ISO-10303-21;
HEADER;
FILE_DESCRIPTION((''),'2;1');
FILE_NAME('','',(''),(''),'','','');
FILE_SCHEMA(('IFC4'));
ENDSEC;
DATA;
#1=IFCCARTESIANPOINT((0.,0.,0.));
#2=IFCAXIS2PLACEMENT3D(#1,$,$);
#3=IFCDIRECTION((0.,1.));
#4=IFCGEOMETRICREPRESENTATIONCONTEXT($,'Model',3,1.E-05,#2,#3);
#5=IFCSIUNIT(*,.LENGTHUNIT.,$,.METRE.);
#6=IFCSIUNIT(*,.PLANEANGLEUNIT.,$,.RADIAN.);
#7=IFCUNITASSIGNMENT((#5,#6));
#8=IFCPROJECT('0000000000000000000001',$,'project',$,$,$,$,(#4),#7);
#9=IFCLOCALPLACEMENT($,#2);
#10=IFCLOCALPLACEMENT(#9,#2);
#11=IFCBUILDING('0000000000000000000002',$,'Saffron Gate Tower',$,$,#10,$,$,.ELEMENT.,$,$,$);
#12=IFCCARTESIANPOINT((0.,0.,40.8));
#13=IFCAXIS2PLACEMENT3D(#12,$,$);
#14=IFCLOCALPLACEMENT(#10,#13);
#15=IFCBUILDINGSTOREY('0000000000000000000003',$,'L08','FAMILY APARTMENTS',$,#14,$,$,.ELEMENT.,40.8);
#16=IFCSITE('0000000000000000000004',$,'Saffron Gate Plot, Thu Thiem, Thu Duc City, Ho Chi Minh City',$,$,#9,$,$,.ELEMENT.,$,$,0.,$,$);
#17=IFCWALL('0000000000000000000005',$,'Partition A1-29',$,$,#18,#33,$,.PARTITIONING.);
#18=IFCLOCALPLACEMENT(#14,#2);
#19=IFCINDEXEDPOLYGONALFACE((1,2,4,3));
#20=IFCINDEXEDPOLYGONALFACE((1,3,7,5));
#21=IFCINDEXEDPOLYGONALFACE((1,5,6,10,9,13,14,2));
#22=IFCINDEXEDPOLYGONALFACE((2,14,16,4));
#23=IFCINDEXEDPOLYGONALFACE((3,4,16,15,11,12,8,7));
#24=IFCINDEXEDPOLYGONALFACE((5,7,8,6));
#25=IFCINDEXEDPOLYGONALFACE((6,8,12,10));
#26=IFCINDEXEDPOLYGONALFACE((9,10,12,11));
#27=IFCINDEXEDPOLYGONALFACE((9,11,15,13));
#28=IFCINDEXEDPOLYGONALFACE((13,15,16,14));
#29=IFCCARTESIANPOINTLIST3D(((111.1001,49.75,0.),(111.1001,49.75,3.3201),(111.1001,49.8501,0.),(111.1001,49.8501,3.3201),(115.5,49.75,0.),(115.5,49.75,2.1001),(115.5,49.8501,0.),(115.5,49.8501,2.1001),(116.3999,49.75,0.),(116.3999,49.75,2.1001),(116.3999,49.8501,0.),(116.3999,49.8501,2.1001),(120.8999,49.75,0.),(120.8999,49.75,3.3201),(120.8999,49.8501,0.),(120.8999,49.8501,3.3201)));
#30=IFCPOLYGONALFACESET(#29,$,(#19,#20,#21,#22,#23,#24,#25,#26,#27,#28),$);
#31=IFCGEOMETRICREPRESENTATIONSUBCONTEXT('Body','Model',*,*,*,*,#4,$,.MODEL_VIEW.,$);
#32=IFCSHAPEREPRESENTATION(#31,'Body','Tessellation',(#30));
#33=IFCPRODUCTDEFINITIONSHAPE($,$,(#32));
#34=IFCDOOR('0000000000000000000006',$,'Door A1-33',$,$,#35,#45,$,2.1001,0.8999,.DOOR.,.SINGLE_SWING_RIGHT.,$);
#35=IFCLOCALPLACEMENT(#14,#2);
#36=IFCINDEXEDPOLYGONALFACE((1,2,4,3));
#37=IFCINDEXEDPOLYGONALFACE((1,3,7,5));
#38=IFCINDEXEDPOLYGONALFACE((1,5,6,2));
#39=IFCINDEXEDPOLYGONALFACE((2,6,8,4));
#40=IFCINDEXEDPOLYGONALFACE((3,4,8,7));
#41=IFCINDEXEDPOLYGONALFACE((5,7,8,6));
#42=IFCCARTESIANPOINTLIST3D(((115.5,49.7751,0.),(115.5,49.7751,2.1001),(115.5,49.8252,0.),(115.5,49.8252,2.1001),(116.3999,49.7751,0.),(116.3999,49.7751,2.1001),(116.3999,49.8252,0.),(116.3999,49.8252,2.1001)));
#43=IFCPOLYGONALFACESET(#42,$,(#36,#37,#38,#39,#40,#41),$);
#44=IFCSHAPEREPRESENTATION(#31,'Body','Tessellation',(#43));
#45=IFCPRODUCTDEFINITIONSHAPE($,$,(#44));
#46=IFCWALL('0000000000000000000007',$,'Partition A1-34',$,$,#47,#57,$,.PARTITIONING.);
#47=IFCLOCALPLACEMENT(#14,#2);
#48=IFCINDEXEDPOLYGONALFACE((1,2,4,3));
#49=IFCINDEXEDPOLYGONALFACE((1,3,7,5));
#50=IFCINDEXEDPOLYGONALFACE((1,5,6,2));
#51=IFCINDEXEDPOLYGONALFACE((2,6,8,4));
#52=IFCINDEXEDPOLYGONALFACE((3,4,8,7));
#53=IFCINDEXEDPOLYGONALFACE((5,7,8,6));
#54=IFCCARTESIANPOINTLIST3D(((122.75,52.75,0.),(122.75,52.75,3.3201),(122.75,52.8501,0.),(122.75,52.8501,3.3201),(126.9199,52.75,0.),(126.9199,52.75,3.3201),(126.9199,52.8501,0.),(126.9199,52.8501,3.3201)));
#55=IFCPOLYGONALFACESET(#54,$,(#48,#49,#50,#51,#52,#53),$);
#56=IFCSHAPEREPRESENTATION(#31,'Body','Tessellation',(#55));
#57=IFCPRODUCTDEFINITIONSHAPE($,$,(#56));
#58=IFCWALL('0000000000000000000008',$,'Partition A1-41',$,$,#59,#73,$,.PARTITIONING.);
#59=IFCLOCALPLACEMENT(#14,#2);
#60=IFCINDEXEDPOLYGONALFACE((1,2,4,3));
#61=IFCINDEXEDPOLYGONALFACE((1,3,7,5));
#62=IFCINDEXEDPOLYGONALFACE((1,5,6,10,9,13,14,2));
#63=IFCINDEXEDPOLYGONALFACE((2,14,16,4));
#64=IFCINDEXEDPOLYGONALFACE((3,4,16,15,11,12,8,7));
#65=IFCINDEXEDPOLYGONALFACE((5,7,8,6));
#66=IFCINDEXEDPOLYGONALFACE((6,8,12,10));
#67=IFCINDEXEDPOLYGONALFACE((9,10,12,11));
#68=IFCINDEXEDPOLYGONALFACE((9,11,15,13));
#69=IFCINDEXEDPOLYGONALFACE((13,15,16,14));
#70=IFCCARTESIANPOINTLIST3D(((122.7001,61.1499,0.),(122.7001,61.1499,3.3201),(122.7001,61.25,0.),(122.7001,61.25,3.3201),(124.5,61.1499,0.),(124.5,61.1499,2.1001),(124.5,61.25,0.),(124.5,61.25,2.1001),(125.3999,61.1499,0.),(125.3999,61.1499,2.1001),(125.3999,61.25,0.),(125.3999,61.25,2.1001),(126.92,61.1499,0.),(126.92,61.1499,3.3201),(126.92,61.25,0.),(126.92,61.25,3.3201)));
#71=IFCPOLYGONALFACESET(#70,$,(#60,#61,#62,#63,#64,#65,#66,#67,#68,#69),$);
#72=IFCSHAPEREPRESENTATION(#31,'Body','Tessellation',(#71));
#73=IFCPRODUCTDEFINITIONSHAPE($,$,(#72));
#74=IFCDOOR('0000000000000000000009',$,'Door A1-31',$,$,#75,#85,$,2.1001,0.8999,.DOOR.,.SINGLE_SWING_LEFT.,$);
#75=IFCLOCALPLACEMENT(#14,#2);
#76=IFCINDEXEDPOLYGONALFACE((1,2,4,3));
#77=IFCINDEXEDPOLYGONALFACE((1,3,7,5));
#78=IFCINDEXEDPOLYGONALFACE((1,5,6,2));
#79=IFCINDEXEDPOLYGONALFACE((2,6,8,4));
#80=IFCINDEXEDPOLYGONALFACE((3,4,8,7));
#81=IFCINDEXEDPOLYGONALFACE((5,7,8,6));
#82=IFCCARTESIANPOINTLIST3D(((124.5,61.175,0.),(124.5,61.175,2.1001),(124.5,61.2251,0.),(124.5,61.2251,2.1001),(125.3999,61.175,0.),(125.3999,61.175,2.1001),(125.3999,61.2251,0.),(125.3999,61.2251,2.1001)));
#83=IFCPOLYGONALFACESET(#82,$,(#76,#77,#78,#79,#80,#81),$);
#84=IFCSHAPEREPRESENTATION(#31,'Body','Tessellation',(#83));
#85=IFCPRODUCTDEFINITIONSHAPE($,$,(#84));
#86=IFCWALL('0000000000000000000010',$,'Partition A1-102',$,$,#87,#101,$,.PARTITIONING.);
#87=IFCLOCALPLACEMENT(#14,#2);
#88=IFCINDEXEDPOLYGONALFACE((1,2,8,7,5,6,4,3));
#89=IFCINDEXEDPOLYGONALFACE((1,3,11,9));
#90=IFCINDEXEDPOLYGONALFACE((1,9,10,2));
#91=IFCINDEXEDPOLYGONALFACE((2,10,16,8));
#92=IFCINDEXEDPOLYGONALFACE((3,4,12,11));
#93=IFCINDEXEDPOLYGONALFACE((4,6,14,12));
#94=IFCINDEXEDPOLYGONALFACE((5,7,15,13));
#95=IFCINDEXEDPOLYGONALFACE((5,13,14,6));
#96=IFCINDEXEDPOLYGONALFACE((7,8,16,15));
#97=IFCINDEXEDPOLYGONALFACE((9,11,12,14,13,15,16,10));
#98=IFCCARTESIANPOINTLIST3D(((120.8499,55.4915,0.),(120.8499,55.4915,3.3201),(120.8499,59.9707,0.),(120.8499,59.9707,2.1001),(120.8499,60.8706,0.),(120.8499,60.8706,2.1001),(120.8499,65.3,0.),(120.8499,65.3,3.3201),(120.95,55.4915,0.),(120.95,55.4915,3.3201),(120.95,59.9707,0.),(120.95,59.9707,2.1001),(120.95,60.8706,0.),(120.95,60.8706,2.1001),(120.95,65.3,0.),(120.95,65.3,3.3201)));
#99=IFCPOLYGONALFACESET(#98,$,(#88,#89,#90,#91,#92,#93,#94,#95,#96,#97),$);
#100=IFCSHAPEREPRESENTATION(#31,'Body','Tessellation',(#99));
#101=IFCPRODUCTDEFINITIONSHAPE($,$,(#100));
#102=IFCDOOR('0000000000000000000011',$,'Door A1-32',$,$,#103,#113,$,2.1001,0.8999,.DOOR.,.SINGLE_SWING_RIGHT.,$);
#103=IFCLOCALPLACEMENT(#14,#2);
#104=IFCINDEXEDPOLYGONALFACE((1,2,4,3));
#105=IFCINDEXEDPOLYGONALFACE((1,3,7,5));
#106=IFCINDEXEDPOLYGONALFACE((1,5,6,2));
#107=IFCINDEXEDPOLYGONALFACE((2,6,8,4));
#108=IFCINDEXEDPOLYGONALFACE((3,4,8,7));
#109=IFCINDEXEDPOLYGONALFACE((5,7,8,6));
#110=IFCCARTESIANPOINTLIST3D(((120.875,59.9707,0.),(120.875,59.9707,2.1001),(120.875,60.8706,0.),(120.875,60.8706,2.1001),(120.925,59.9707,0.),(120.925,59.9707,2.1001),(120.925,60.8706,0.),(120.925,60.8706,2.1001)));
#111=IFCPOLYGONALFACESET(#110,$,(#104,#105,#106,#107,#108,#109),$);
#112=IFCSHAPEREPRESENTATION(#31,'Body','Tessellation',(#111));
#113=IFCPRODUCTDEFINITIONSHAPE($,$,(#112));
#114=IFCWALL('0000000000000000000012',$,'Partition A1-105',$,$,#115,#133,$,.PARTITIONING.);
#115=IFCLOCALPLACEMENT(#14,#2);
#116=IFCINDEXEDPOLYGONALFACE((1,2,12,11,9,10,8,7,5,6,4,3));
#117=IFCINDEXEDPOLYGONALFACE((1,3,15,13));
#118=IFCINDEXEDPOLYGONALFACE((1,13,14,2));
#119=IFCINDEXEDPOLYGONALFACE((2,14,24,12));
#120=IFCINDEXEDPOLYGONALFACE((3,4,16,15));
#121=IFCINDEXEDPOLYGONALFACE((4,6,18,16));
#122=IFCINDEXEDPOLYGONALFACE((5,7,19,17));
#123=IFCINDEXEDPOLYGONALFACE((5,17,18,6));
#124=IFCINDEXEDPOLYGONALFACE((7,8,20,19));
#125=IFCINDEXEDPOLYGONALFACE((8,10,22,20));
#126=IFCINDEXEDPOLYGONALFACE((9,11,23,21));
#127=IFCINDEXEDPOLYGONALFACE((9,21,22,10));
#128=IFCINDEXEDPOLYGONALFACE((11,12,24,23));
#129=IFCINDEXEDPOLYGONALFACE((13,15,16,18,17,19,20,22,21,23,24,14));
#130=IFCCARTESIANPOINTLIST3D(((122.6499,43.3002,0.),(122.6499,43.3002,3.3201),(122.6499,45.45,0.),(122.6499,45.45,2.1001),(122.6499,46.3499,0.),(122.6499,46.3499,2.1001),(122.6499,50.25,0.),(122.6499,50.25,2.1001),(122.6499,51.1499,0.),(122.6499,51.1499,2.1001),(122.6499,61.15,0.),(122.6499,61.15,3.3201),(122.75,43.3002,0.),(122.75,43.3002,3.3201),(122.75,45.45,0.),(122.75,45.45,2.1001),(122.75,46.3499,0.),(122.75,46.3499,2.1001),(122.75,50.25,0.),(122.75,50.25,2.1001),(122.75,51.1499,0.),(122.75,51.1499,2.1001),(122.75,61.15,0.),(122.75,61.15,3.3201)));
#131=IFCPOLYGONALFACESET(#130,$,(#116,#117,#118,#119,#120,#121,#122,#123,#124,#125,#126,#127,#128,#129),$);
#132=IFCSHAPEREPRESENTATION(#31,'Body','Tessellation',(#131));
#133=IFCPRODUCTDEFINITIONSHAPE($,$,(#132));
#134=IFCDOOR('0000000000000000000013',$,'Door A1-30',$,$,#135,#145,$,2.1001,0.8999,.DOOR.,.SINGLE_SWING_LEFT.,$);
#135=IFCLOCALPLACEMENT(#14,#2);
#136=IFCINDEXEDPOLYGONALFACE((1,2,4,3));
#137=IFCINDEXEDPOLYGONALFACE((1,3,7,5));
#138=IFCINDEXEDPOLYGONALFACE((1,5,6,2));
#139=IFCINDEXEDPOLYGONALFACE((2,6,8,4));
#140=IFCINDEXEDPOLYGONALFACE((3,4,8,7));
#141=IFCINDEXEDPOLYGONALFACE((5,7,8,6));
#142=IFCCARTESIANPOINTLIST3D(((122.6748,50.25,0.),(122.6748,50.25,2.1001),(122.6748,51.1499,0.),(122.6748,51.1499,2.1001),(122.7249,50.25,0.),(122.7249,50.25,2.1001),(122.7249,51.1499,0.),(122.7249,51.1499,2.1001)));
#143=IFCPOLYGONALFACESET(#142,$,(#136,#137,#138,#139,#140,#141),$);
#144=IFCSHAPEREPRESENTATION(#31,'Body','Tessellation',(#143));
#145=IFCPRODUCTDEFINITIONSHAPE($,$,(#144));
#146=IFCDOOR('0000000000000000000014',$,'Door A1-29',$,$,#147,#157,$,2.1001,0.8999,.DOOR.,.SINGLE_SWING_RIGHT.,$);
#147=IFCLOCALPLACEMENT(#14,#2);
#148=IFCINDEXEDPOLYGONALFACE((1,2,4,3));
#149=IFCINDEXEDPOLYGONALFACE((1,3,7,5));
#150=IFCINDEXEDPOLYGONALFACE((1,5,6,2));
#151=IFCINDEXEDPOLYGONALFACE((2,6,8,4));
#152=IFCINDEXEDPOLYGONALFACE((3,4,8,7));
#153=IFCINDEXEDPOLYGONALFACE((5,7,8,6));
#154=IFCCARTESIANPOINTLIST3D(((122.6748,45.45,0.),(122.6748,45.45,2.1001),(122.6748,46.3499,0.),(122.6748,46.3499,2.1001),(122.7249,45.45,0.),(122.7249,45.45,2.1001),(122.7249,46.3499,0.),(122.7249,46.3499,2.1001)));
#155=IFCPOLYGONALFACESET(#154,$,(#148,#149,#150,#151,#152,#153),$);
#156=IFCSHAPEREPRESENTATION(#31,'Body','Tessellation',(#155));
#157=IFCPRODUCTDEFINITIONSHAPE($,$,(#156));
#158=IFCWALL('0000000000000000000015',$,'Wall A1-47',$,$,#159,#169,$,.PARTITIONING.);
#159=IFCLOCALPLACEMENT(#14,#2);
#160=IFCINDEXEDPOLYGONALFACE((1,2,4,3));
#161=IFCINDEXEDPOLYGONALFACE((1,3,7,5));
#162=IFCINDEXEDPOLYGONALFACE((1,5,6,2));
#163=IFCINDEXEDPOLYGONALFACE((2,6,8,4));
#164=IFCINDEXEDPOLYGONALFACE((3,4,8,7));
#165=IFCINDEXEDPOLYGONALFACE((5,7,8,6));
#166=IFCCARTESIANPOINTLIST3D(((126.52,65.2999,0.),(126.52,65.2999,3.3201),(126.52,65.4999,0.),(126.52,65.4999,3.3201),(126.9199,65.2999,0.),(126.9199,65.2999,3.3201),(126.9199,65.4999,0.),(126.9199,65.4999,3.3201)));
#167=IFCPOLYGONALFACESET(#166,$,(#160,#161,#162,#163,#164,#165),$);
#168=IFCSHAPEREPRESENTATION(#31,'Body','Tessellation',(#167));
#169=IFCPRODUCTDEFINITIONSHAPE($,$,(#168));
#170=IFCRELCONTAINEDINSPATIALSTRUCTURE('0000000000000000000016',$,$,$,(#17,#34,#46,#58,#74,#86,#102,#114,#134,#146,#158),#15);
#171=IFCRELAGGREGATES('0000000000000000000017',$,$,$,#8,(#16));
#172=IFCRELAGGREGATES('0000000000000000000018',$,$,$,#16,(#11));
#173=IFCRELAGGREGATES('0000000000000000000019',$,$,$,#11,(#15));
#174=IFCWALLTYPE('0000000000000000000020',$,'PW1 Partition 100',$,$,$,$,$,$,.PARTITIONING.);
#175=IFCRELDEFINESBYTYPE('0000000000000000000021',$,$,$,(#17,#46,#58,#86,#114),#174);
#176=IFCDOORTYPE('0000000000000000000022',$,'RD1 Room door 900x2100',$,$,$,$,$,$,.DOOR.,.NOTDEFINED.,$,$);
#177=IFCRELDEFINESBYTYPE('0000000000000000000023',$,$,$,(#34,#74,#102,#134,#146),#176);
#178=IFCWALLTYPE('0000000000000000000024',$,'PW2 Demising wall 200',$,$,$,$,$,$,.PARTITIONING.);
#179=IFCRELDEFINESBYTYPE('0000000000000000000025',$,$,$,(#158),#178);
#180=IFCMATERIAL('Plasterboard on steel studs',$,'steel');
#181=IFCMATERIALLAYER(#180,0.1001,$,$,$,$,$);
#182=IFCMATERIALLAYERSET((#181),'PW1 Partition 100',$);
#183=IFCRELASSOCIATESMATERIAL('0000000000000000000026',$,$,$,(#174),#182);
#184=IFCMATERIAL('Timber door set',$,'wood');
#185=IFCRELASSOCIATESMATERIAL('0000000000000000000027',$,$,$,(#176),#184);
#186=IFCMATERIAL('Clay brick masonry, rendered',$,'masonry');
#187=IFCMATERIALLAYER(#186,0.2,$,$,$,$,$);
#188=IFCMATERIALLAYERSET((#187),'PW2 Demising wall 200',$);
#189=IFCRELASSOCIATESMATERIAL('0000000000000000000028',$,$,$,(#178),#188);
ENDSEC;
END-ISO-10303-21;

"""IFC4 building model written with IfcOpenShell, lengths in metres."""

from ifc_helpers import new_model, si_unit, direction, frame, frame_2d, origin, place, context, subcontext, project, spatial, rectangle, extrude, material, layer, layer_set, type_object, element, fill, save


model = new_model("IFC4")

# Units and contexts
model_context = context("Model", 3, precision=1e-05, world=origin(), true_north=direction((0.0, 1.0)))
body_context = subcontext(model_context, "Body", "Model", "MODEL_VIEW")
ifc_project = project(units=[si_unit("LENGTHUNIT", "METRE"), si_unit("PLANEANGLEUNIT", "RADIAN")], contexts=[model_context])

# Site, building, storey
site_placement = place(None, origin())
site = spatial("IfcSite", under=ifc_project, at=site_placement, Name="Saffron Gate Plot, Thu Thiem, Thu Duc City, Ho Chi Minh City", CompositionType="ELEMENT", RefElevation=0.0)
building_placement = place(site_placement, origin())
building = spatial("IfcBuilding", under=site, at=building_placement, Name="Saffron Gate Tower", CompositionType="ELEMENT")
storey_placement = place(building_placement, frame((0.0, 0.0, 40.8)))
storey = spatial("IfcBuildingStorey", under=building, at=storey_placement, Name="L08", Description="FAMILY APARTMENTS", CompositionType="ELEMENT", Elevation=40.8)

# Wall, opening, door
ifc_material_1 = material(Name="Plasterboard on steel studs", Category="steel")
ifc_layer_1 = layer(ifc_material_1, 0.1001)
ifc_layer_set_1 = layer_set([ifc_layer_1], Name="PW1 Partition 100")
wall_type_1 = type_object("IfcWallType", Name="PW1 Partition 100", PredefinedType="PARTITIONING", material=ifc_layer_set_1)
wall_1_placement = place(storey_placement, frame((120.8999, 49.8, 0.0), z_axis=(0.0, 0.0, 1.0), x_axis=(-1.0, 0.0, 0.0)))
wall_1 = element("IfcWall", 1, at=wall_1_placement, inside=storey, type_object=wall_type_1, Name="Partition A1-29", PredefinedType="PARTITIONING", context=body_context, shape_type="SweptSolid", body=[
    extrude(rectangle(XDim=9.7998, YDim=0.1001, at=frame_2d((4.8999, 0.0))), origin(), (0.0, 0.0, 1.0), 3.3201),
])
opening_1_placement = place(wall_1_placement, frame((4.5, 0.0, 0.0)))
opening_1 = element("IfcOpeningElement", 2, at=opening_1_placement, cuts=wall_1, PredefinedType="OPENING", context=body_context, shape_type="SweptSolid", body=[
    extrude(rectangle(XDim=0.8999, YDim=2.1001, at=frame_2d((0.45, 1.05))), frame((0.0, 0.0601, 0.0), z_axis=(0.0, -1.0, 0.0), x_axis=(1.0, 0.0, 0.0)), (0.0, 0.0, 1.0), 0.1201),
])
ifc_material_2 = material(Name="Timber door set", Category="wood")
door_type = type_object("IfcDoorType", Name="RD1 Room door 900x2100", OperationType="NOTDEFINED", PredefinedType="DOOR", material=ifc_material_2)
door_1_placement = place(opening_1_placement, origin())
door_1 = element("IfcDoor", 3, at=door_1_placement, inside=storey, type_object=door_type, Name="Door A1-33", OperationType="SINGLE_SWING_RIGHT", OverallHeight=2.1001, OverallWidth=0.8999, PredefinedType="DOOR", context=body_context, shape_type="SweptSolid", body=[
    extrude(rectangle(XDim=0.8999, YDim=2.1001, at=frame_2d((0.45, 1.05))), frame((0.0, 0.0249, 0.0), z_axis=(0.0, -1.0, 0.0), x_axis=(1.0, 0.0, 0.0)), (0.0, 0.0, 1.0), 0.05),
])
fill(opening_1, door_1)

# Wall
wall_2_placement = place(storey_placement, frame((122.75, 52.8, 0.0), z_axis=(0.0, 0.0, 1.0), x_axis=(1.0, 0.0, 0.0)))
element("IfcWall", 4, at=wall_2_placement, inside=storey, type_object=wall_type_1, Name="Partition A1-34", PredefinedType="PARTITIONING", context=body_context, shape_type="SweptSolid", body=[
    extrude(rectangle(XDim=4.1699, YDim=0.1001, at=frame_2d((2.085, 0.0))), origin(), (0.0, 0.0, 1.0), 3.3201),
])

# Walls, openings, doors
wall_3_placement = place(storey_placement, frame((126.9199, 61.2, 0.0), z_axis=(0.0, 0.0, 1.0), x_axis=(-1.0, 0.0, 0.0)))
wall_3 = element("IfcWall", 5, at=wall_3_placement, inside=storey, type_object=wall_type_1, Name="Partition A1-41", PredefinedType="PARTITIONING", context=body_context, shape_type="SweptSolid", body=[
    extrude(rectangle(XDim=4.22, YDim=0.1001, at=frame_2d((2.1099, 0.0))), origin(), (0.0, 0.0, 1.0), 3.3201),
])
opening_2_placement = place(wall_3_placement, frame((1.52, 0.0, 0.0)))
opening_2 = element("IfcOpeningElement", 6, at=opening_2_placement, cuts=wall_3, PredefinedType="OPENING", context=body_context, shape_type="SweptSolid", body=[
    extrude(rectangle(XDim=0.8999, YDim=2.1001, at=frame_2d((0.45, 1.05))), frame((0.0, 0.0601, 0.0), z_axis=(0.0, -1.0, 0.0), x_axis=(1.0, 0.0, 0.0)), (0.0, 0.0, 1.0), 0.1201),
])
door_2_placement = place(opening_2_placement, origin())
door_2 = element("IfcDoor", 7, at=door_2_placement, inside=storey, type_object=door_type, Name="Door A1-31", OperationType="SINGLE_SWING_LEFT", OverallHeight=2.1001, OverallWidth=0.8999, PredefinedType="DOOR", context=body_context, shape_type="SweptSolid", body=[
    extrude(rectangle(XDim=0.8999, YDim=2.1001, at=frame_2d((0.45, 1.05))), frame((0.0, 0.0249, 0.0), z_axis=(0.0, -1.0, 0.0), x_axis=(1.0, 0.0, 0.0)), (0.0, 0.0, 1.0), 0.05),
])
fill(opening_2, door_2)
wall_4_placement = place(storey_placement, frame((120.8999, 55.4915, 0.0), z_axis=(0.0, 0.0, 1.0), x_axis=(0.0, 1.0, 0.0)))
wall_4 = element("IfcWall", 8, at=wall_4_placement, inside=storey, type_object=wall_type_1, Name="Partition A1-102", PredefinedType="PARTITIONING", context=body_context, shape_type="SweptSolid", body=[
    extrude(rectangle(XDim=9.8086, YDim=0.1001, at=frame_2d((4.9043, 0.0))), origin(), (0.0, 0.0, 1.0), 3.3201),
])
opening_3_placement = place(wall_4_placement, frame((4.4792, 0.0, 0.0)))
opening_3 = element("IfcOpeningElement", 9, at=opening_3_placement, cuts=wall_4, PredefinedType="OPENING", context=body_context, shape_type="SweptSolid", body=[
    extrude(rectangle(XDim=0.8999, YDim=2.1001, at=frame_2d((0.45, 1.05))), frame((0.0, 0.0601, 0.0), z_axis=(0.0, -1.0, 0.0), x_axis=(1.0, 0.0, 0.0)), (0.0, 0.0, 1.0), 0.1201),
])
door_3_placement = place(opening_3_placement, origin())
door_3 = element("IfcDoor", 10, at=door_3_placement, inside=storey, type_object=door_type, Name="Door A1-32", OperationType="SINGLE_SWING_RIGHT", OverallHeight=2.1001, OverallWidth=0.8999, PredefinedType="DOOR", context=body_context, shape_type="SweptSolid", body=[
    extrude(rectangle(XDim=0.8999, YDim=2.1001, at=frame_2d((0.45, 1.05))), frame((0.0, 0.0249, 0.0), z_axis=(0.0, -1.0, 0.0), x_axis=(1.0, 0.0, 0.0)), (0.0, 0.0, 1.0), 0.05),
])
fill(opening_3, door_3)

# Wall, openings, doors
wall_5_placement = place(storey_placement, frame((122.7, 61.1499, 0.0), z_axis=(0.0, 0.0, 1.0), x_axis=(0.0, -1.0, 0.0)))
wall_5 = element("IfcWall", 11, at=wall_5_placement, inside=storey, type_object=wall_type_1, Name="Partition A1-105", PredefinedType="PARTITIONING", context=body_context, shape_type="SweptSolid", body=[
    extrude(rectangle(XDim=17.8499, YDim=0.1001, at=frame_2d((8.9248, 0.0))), origin(), (0.0, 0.0, 1.0), 3.3201),
])
opening_4_placement = place(wall_5_placement, frame((10.0, 0.0, 0.0)))
opening_4 = element("IfcOpeningElement", 12, at=opening_4_placement, cuts=wall_5, PredefinedType="OPENING", context=body_context, shape_type="SweptSolid", body=[
    extrude(rectangle(XDim=0.8999, YDim=2.1001, at=frame_2d((0.45, 1.05))), frame((0.0, 0.0601, 0.0), z_axis=(0.0, -1.0, 0.0), x_axis=(1.0, 0.0, 0.0)), (0.0, 0.0, 1.0), 0.1201),
])
opening_5_placement = place(wall_5_placement, frame((14.8, 0.0, 0.0)))
opening_5 = element("IfcOpeningElement", 13, at=opening_5_placement, cuts=wall_5, PredefinedType="OPENING", context=body_context, shape_type="SweptSolid", body=[
    extrude(rectangle(XDim=0.8999, YDim=2.1001, at=frame_2d((0.45, 1.05))), frame((0.0, 0.0601, 0.0), z_axis=(0.0, -1.0, 0.0), x_axis=(1.0, 0.0, 0.0)), (0.0, 0.0, 1.0), 0.1201),
])
door_4_placement = place(opening_4_placement, origin())
door_4 = element("IfcDoor", 14, at=door_4_placement, inside=storey, type_object=door_type, Name="Door A1-30", OperationType="SINGLE_SWING_LEFT", OverallHeight=2.1001, OverallWidth=0.8999, PredefinedType="DOOR", context=body_context, shape_type="SweptSolid", body=[
    extrude(rectangle(XDim=0.8999, YDim=2.1001, at=frame_2d((0.45, 1.05))), frame((0.0, 0.0249, 0.0), z_axis=(0.0, -1.0, 0.0), x_axis=(1.0, 0.0, 0.0)), (0.0, 0.0, 1.0), 0.05),
])
fill(opening_4, door_4)
door_5_placement = place(opening_5_placement, origin())
door_5 = element("IfcDoor", 15, at=door_5_placement, inside=storey, type_object=door_type, Name="Door A1-29", OperationType="SINGLE_SWING_RIGHT", OverallHeight=2.1001, OverallWidth=0.8999, PredefinedType="DOOR", context=body_context, shape_type="SweptSolid", body=[
    extrude(rectangle(XDim=0.8999, YDim=2.1001, at=frame_2d((0.45, 1.05))), frame((0.0, 0.0249, 0.0), z_axis=(0.0, -1.0, 0.0), x_axis=(1.0, 0.0, 0.0)), (0.0, 0.0, 1.0), 0.05),
])
fill(opening_5, door_5)

# Wall
ifc_material_3 = material(Name="Clay brick masonry, rendered", Category="masonry")
ifc_layer_2 = layer(ifc_material_3, 0.2)
ifc_layer_set_2 = layer_set([ifc_layer_2], Name="PW2 Demising wall 200")
wall_type_2 = type_object("IfcWallType", Name="PW2 Demising wall 200", PredefinedType="PARTITIONING", material=ifc_layer_set_2)
wall_6_placement = place(storey_placement, frame((126.52, 65.3999, 0.0), z_axis=(0.0, 0.0, 1.0), x_axis=(1.0, 0.0, 0.0)))
element("IfcWall", 16, at=wall_6_placement, inside=storey, type_object=wall_type_2, Name="Wall A1-47", PredefinedType="PARTITIONING", context=body_context, shape_type="SweptSolid", body=[
    extrude(rectangle(XDim=0.3999, YDim=0.2, at=frame_2d((0.2, 0.0))), origin(), (0.0, 0.0, 1.0), 3.3201),
])

save(model, "model.ifc")
